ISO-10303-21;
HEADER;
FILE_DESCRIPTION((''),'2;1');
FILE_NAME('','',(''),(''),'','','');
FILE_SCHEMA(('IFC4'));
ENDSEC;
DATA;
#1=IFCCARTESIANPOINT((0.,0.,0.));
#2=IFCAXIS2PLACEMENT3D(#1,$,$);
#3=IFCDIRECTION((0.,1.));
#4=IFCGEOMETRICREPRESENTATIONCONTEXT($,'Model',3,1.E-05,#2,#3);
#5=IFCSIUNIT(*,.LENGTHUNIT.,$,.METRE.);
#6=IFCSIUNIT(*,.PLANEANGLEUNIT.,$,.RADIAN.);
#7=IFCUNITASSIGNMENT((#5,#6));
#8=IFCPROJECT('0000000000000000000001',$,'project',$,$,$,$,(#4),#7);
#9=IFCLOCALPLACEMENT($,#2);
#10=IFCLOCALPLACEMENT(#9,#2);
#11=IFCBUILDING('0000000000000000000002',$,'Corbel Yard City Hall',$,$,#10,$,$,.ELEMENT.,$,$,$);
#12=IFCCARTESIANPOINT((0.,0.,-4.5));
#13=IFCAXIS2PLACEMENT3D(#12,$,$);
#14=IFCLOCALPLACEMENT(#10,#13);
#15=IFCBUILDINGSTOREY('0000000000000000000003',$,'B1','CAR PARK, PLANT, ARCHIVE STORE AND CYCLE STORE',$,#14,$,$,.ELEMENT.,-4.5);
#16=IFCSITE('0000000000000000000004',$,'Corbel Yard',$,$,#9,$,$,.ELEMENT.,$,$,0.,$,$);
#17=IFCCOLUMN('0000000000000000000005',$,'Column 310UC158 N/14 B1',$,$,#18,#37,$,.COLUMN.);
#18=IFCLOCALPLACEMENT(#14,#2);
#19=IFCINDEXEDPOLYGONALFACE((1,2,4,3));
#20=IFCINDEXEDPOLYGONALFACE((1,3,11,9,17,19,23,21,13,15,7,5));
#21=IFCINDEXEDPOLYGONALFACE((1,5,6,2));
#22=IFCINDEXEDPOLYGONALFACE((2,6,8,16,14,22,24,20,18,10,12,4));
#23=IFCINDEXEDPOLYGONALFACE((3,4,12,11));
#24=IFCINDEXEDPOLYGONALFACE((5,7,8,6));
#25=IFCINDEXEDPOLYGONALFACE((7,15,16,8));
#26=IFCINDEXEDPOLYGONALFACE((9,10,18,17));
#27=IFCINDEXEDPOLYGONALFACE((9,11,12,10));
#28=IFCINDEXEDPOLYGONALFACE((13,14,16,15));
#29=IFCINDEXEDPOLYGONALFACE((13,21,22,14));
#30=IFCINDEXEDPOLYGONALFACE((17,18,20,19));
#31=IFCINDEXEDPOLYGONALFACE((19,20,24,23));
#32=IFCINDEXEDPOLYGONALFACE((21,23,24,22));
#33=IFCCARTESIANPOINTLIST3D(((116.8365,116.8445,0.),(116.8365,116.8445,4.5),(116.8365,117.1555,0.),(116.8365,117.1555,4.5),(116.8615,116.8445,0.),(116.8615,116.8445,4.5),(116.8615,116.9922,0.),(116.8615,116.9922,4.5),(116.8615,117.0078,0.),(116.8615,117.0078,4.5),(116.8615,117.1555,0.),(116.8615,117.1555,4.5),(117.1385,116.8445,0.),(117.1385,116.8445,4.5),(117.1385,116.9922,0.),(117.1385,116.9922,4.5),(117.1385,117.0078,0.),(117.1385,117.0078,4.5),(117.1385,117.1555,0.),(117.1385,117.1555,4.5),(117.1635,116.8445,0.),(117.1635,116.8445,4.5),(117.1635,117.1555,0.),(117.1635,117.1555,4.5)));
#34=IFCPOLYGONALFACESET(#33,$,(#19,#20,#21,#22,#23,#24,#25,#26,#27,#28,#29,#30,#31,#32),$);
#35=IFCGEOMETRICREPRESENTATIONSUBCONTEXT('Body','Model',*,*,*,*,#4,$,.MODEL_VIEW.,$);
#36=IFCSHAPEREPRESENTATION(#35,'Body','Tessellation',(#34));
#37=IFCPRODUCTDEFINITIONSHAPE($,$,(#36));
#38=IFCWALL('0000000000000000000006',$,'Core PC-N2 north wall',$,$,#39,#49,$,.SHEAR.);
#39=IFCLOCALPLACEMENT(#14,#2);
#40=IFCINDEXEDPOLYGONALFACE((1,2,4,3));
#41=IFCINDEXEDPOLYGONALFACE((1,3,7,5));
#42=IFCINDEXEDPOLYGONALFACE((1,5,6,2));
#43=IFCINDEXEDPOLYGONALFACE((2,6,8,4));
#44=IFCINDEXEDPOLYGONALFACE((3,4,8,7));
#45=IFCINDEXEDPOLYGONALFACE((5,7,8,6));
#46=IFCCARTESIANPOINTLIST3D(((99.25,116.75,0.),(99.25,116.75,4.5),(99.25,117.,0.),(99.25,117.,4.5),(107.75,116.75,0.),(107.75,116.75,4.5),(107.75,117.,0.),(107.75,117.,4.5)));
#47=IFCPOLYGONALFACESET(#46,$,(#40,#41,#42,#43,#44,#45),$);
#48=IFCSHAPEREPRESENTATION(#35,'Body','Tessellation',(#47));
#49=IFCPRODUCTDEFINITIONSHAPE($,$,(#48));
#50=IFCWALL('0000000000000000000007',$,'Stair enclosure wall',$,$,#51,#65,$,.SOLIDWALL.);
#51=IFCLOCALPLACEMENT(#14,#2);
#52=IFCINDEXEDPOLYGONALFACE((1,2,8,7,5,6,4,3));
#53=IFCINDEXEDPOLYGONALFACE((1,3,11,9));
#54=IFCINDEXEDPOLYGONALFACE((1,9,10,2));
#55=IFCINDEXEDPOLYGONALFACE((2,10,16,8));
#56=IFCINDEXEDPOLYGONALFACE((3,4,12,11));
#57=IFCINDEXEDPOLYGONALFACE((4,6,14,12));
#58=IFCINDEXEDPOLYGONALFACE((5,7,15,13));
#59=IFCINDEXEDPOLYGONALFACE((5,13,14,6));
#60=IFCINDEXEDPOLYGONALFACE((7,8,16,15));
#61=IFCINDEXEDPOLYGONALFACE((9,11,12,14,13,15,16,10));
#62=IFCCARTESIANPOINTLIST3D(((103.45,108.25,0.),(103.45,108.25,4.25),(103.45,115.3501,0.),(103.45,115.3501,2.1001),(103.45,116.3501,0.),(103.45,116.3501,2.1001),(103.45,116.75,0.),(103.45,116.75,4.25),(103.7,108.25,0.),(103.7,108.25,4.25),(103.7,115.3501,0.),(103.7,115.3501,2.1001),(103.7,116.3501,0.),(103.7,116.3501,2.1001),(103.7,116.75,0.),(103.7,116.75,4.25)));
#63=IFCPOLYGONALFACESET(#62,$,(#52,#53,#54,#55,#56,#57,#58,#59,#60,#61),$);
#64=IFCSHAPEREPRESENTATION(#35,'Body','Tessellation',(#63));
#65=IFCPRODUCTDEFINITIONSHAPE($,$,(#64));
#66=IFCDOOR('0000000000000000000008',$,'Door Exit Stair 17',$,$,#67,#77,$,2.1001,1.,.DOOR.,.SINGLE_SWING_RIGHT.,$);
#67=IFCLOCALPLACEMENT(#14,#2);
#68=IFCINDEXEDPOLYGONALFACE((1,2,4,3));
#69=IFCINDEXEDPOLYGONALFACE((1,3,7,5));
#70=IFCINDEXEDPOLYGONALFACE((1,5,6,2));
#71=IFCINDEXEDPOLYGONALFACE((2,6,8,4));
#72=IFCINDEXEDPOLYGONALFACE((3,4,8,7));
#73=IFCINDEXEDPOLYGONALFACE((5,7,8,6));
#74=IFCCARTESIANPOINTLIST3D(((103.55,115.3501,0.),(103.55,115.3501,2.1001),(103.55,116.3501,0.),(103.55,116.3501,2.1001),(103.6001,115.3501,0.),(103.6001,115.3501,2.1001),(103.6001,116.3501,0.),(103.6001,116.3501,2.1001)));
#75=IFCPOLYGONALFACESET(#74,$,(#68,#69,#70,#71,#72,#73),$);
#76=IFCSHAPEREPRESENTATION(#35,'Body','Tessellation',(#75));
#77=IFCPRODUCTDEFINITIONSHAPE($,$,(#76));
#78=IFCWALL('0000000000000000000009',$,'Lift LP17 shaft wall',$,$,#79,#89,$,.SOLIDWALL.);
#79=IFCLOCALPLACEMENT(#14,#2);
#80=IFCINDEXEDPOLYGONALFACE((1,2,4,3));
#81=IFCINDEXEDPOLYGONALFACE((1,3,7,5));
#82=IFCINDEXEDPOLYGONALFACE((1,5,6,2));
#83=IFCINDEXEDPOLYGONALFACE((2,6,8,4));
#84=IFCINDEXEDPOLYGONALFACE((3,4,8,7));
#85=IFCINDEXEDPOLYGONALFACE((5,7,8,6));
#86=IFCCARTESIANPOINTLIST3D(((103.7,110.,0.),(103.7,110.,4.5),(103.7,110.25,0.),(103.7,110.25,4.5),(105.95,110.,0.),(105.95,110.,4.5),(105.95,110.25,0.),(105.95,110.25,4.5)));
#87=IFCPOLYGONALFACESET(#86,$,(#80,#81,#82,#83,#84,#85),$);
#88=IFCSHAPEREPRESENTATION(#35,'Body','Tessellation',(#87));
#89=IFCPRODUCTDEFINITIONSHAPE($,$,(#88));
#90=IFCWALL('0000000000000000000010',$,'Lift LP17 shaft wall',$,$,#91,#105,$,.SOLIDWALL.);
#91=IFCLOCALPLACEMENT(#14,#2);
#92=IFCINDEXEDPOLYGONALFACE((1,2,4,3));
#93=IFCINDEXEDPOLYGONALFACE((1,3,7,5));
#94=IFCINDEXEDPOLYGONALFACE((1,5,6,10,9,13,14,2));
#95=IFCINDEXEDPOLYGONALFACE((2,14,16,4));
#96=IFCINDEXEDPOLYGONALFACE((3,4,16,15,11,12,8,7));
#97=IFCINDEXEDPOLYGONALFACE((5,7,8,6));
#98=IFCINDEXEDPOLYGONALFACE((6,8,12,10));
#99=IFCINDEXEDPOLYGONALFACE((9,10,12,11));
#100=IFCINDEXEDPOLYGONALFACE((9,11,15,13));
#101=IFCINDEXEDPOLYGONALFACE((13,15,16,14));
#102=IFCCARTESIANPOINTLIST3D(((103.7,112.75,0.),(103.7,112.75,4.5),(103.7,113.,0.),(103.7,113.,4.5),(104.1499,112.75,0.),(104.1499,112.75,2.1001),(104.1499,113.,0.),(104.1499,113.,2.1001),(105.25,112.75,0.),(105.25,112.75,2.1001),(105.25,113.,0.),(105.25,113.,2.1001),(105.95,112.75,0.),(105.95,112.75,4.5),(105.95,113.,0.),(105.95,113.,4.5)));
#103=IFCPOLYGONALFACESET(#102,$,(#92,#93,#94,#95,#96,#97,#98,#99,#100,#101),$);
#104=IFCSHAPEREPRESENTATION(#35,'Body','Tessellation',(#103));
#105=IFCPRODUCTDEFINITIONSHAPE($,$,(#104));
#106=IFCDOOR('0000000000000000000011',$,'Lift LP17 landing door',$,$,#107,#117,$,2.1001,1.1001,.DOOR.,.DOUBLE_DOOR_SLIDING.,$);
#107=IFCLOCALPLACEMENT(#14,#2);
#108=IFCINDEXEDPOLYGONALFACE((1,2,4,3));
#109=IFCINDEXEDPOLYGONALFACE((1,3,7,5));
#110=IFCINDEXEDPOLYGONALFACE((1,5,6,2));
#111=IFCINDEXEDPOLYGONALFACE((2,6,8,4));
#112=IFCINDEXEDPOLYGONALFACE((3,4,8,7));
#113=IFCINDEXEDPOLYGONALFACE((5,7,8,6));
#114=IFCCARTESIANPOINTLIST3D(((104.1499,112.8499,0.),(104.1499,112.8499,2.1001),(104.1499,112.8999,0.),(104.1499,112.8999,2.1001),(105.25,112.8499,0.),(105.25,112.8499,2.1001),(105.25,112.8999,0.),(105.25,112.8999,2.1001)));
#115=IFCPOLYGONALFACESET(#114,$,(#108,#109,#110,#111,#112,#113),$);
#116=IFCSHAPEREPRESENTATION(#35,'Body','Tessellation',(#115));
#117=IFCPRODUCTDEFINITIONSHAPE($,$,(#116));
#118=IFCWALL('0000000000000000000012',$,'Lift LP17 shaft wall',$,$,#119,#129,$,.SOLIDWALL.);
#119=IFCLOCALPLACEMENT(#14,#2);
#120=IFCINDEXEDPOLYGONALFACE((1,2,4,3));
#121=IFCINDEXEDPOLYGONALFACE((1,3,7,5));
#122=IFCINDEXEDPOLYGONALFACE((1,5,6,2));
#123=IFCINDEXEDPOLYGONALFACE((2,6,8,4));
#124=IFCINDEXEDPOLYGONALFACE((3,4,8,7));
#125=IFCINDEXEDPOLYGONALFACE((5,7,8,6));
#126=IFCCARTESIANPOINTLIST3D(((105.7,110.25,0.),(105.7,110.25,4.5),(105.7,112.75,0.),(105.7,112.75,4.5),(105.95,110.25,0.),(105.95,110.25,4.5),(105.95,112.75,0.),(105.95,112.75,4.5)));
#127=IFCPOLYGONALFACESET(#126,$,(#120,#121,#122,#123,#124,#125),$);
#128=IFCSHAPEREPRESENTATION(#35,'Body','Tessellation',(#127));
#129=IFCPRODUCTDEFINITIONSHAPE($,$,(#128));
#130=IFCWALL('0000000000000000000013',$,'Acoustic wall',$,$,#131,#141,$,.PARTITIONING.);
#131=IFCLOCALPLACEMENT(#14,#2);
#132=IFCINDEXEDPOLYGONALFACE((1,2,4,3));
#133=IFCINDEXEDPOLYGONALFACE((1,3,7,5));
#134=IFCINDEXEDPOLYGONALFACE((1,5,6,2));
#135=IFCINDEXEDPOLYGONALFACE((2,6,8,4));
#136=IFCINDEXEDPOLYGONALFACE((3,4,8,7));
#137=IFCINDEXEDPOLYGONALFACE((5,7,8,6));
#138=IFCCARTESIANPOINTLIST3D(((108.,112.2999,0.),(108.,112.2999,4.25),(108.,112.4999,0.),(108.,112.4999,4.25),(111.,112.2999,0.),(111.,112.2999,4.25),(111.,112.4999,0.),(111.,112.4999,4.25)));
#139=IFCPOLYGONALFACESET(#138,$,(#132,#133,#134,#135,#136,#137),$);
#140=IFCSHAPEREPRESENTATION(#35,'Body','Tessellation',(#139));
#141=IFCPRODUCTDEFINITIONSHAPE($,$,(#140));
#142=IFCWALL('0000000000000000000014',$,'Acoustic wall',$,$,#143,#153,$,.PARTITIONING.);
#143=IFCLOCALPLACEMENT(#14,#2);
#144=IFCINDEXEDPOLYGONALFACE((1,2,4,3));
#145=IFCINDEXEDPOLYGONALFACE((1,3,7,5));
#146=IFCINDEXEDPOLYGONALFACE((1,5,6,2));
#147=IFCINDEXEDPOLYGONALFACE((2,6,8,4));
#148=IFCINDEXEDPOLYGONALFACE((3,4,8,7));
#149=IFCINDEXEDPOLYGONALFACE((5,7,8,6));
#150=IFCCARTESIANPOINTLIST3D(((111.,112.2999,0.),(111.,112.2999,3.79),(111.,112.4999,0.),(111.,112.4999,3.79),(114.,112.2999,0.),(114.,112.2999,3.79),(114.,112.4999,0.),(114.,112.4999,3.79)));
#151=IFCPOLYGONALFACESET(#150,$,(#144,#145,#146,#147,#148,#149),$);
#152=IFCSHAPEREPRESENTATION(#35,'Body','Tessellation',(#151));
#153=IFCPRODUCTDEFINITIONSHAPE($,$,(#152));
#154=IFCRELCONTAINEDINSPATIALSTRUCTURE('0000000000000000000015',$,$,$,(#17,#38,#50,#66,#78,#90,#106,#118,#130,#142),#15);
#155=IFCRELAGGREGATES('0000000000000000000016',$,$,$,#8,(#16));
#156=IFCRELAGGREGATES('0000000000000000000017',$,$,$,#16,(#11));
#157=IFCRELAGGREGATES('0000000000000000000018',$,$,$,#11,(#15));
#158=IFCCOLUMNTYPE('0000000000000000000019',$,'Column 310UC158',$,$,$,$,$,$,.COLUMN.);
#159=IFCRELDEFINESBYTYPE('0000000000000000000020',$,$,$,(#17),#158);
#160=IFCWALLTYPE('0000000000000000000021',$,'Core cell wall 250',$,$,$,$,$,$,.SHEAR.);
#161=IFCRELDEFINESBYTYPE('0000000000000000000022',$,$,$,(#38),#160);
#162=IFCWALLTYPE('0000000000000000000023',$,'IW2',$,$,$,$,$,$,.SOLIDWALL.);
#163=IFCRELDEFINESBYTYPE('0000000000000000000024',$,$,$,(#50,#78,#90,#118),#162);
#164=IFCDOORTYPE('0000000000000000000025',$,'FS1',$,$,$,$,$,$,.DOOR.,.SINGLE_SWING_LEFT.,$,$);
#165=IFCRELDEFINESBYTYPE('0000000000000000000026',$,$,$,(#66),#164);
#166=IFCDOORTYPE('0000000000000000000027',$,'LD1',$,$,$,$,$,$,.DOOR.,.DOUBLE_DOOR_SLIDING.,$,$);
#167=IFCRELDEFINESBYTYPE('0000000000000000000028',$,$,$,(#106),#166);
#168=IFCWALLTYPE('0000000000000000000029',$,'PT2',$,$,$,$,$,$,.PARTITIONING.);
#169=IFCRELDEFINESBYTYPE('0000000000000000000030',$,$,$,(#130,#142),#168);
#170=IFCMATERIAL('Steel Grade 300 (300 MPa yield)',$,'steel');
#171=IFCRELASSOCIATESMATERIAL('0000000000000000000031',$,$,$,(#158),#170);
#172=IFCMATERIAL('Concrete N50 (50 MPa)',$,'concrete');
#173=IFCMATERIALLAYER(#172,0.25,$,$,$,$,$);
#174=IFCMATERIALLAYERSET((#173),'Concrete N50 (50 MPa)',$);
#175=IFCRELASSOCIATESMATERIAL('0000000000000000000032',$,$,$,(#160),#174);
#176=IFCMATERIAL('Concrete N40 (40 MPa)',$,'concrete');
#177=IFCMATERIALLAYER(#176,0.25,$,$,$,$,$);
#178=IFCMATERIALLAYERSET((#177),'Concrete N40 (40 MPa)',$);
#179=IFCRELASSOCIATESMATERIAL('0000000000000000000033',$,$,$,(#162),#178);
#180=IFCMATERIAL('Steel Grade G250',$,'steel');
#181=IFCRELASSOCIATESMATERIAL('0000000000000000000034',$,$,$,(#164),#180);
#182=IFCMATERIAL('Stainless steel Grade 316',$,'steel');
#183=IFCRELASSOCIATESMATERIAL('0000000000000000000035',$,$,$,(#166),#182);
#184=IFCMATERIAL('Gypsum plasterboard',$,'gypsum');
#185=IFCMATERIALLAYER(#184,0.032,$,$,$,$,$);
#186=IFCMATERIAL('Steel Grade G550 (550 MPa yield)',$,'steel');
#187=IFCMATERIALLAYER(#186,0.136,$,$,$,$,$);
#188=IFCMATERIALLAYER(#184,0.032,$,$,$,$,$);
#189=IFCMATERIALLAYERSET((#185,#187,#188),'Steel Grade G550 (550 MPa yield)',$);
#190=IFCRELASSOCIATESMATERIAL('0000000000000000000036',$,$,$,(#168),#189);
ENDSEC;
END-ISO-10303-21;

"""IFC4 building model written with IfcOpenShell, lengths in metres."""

from ifc_helpers import new_model, si_unit, direction, frame, frame_2d, origin, origin_2d, place, context, subcontext, project, spatial, rectangle, i_section, extrude, material, layer, layer_set, material_profile, profile_set, type_object, element, fill, save


model = new_model("IFC4")

# Units and contexts
model_context = context("Model", 3, precision=1e-05, world=origin(), true_north=direction((0.0, 1.0)))
body_context = subcontext(model_context, "Body", "Model", "MODEL_VIEW")
ifc_project = project(units=[si_unit("LENGTHUNIT", "METRE"), si_unit("PLANEANGLEUNIT", "RADIAN")], contexts=[model_context])

# Site, building, storey
site_placement = place(None, origin())
site = spatial("IfcSite", under=ifc_project, at=site_placement, Name="Corbel Yard", CompositionType="ELEMENT", RefElevation=0.0)
building_placement = place(site_placement, origin())
building = spatial("IfcBuilding", under=site, at=building_placement, Name="Corbel Yard City Hall", CompositionType="ELEMENT")
storey_placement = place(building_placement, frame((0.0, 0.0, -4.5)))
storey = spatial("IfcBuildingStorey", under=building, at=storey_placement, Name="B1", Description="CAR PARK, PLANT, ARCHIVE STORE AND CYCLE STORE", CompositionType="ELEMENT", Elevation=-4.5)

# Column
ifc_material_1 = material(Name="Steel Grade 300 (300 MPa yield)", Category="steel")
ifc_material_profile = material_profile(ifc_material_1, i_section(OverallWidth=0.311, OverallDepth=0.3269, WebThickness=0.0156, FlangeThickness=0.0249, at=origin_2d()), Name="310UC158")
ifc_profile_set = profile_set([ifc_material_profile], Name="Steel Grade 300 (300 MPa yield)")
column_type = type_object("IfcColumnType", Name="Column 310UC158", PredefinedType="COLUMN", material=ifc_profile_set)
column_placement = place(storey_placement, frame((117.0, 117.0, 0.0), z_axis=(0.0, 0.0, 1.0), x_axis=(0.0, 1.0, 0.0)))
element("IfcColumn", 1, at=column_placement, inside=storey, type_object=column_type, Name="Column 310UC158 N/14 B1", PredefinedType="COLUMN", context=body_context, shape_type="SweptSolid", body=[
    extrude(i_section(OverallWidth=0.311, OverallDepth=0.3269, WebThickness=0.0156, FlangeThickness=0.0249, at=origin_2d()), origin(), (0.0, 0.0, 1.0), 4.5),
])

# Wall
ifc_material_2 = material(Name="Concrete N50 (50 MPa)", Category="concrete")
ifc_layer_1 = layer(ifc_material_2, 0.25)
ifc_layer_set_1 = layer_set([ifc_layer_1], Name="Concrete N50 (50 MPa)")
wall_type_1 = type_object("IfcWallType", Name="Core cell wall 250", PredefinedType="SHEAR", material=ifc_layer_set_1)
wall_1_placement = place(storey_placement, frame((99.25, 116.875, 0.0), z_axis=(0.0, 0.0, 1.0), x_axis=(1.0, 0.0, 0.0)))
element("IfcWall", 2, at=wall_1_placement, inside=storey, type_object=wall_type_1, Name="Core PC-N2 north wall", PredefinedType="SHEAR", context=body_context, shape_type="SweptSolid", body=[
    extrude(rectangle(XDim=8.5, YDim=0.25, at=frame_2d((4.25, 0.0))), origin(), (0.0, 0.0, 1.0), 4.5),
])

# Wall, opening, door
ifc_material_3 = material(Name="Concrete N40 (40 MPa)", Category="concrete")
ifc_layer_2 = layer(ifc_material_3, 0.25)
ifc_layer_set_2 = layer_set([ifc_layer_2], Name="Concrete N40 (40 MPa)")
wall_type_2 = type_object("IfcWallType", Name="IW2", PredefinedType="SOLIDWALL", material=ifc_layer_set_2)
wall_2_placement = place(storey_placement, frame((103.575, 116.75, 0.0), z_axis=(0.0, 0.0, 1.0), x_axis=(0.0, -1.0, 0.0)))
wall_2 = element("IfcWall", 3, at=wall_2_placement, inside=storey, type_object=wall_type_2, Name="Stair enclosure wall", PredefinedType="SOLIDWALL", context=body_context, shape_type="SweptSolid", body=[
    extrude(rectangle(XDim=8.5, YDim=0.25, at=frame_2d((4.25, 0.0))), origin(), (0.0, 0.0, 1.0), 4.25),
])
opening_1_placement = place(wall_2_placement, frame((0.3999, 0.0, 0.0)))
opening_1 = element("IfcOpeningElement", 4, at=opening_1_placement, cuts=wall_2, PredefinedType="OPENING", context=body_context, shape_type="SweptSolid", body=[
    extrude(rectangle(XDim=1.0, YDim=2.1001, at=frame_2d((0.5, 1.05))), frame((0.0, 0.135, 0.0), z_axis=(0.0, -1.0, 0.0), x_axis=(1.0, 0.0, 0.0)), (0.0, 0.0, 1.0), 0.27),
])
ifc_material_4 = material(Name="Steel Grade G250", Category="steel")
door_type_1 = type_object("IfcDoorType", Name="FS1", OperationType="SINGLE_SWING_LEFT", PredefinedType="DOOR", material=ifc_material_4)
door_1_placement = place(opening_1_placement, frame((1.0, 0.0, 0.0), z_axis=(0.0, 0.0, 1.0), x_axis=(-1.0, 0.0, 0.0)))
door_1 = element("IfcDoor", 5, at=door_1_placement, inside=storey, type_object=door_type_1, Name="Door Exit Stair 17", OperationType="SINGLE_SWING_RIGHT", OverallHeight=2.1001, OverallWidth=1.0, PredefinedType="DOOR", context=body_context, shape_type="SweptSolid", body=[
    extrude(rectangle(XDim=1.0, YDim=2.1001, at=frame_2d((0.5, 1.05))), frame((0.0, 0.0249, 0.0), z_axis=(0.0, -1.0, 0.0), x_axis=(1.0, 0.0, 0.0)), (0.0, 0.0, 1.0), 0.05),
])
fill(opening_1, door_1)

# Wall
wall_3_placement = place(storey_placement, frame((103.7, 110.125, 0.0), z_axis=(0.0, 0.0, 1.0), x_axis=(1.0, 0.0, 0.0)))
element("IfcWall", 6, at=wall_3_placement, inside=storey, type_object=wall_type_2, Name="Lift LP17 shaft wall", PredefinedType="SOLIDWALL", context=body_context, shape_type="SweptSolid", body=[
    extrude(rectangle(XDim=2.25, YDim=0.25, at=frame_2d((1.125, 0.0))), origin(), (0.0, 0.0, 1.0), 4.5),
])

# Wall, opening, door
wall_4_placement = place(storey_placement, frame((103.7, 112.875, 0.0), z_axis=(0.0, 0.0, 1.0), x_axis=(1.0, 0.0, 0.0)))
wall_4 = element("IfcWall", 7, at=wall_4_placement, inside=storey, type_object=wall_type_2, Name="Lift LP17 shaft wall", PredefinedType="SOLIDWALL", context=body_context, shape_type="SweptSolid", body=[
    extrude(rectangle(XDim=2.25, YDim=0.25, at=frame_2d((1.125, 0.0))), origin(), (0.0, 0.0, 1.0), 4.5),
])
opening_2_placement = place(wall_4_placement, frame((0.45, 0.0, 0.0)))
opening_2 = element("IfcOpeningElement", 8, at=opening_2_placement, cuts=wall_4, PredefinedType="OPENING", context=body_context, shape_type="SweptSolid", body=[
    extrude(rectangle(XDim=1.1001, YDim=2.1001, at=frame_2d((0.55, 1.05))), frame((0.0, 0.135, 0.0), z_axis=(0.0, -1.0, 0.0), x_axis=(1.0, 0.0, 0.0)), (0.0, 0.0, 1.0), 0.27),
])
ifc_material_5 = material(Name="Stainless steel Grade 316", Category="steel")
door_type_2 = type_object("IfcDoorType", Name="LD1", OperationType="DOUBLE_DOOR_SLIDING", PredefinedType="DOOR", material=ifc_material_5)
door_2_placement = place(opening_2_placement, origin())
door_2 = element("IfcDoor", 9, at=door_2_placement, inside=storey, type_object=door_type_2, Name="Lift LP17 landing door", OperationType="DOUBLE_DOOR_SLIDING", OverallHeight=2.1001, OverallWidth=1.1001, PredefinedType="DOOR", context=body_context, shape_type="SweptSolid", body=[
    extrude(rectangle(XDim=1.1001, YDim=2.1001, at=frame_2d((0.55, 1.05))), frame((0.0, 0.0249, 0.0), z_axis=(0.0, -1.0, 0.0), x_axis=(1.0, 0.0, 0.0)), (0.0, 0.0, 1.0), 0.05),
])
fill(opening_2, door_2)

# Walls
wall_5_placement = place(storey_placement, frame((105.825, 110.25, 0.0), z_axis=(0.0, 0.0, 1.0), x_axis=(0.0, 1.0, 0.0)))
element("IfcWall", 10, at=wall_5_placement, inside=storey, type_object=wall_type_2, Name="Lift LP17 shaft wall", PredefinedType="SOLIDWALL", context=body_context, shape_type="SweptSolid", body=[
    extrude(rectangle(XDim=2.5, YDim=0.25, at=frame_2d((1.25, 0.0))), origin(), (0.0, 0.0, 1.0), 4.5),
])
ifc_material_6 = material(Name="Gypsum plasterboard", Category="gypsum")
ifc_layer_3 = layer(ifc_material_6, 0.032)
ifc_material_7 = material(Name="Steel Grade G550 (550 MPa yield)", Category="steel")
ifc_layer_4 = layer(ifc_material_7, 0.136)
ifc_layer_5 = layer(ifc_material_6, 0.032)
ifc_layer_set_3 = layer_set([ifc_layer_3, ifc_layer_4, ifc_layer_5], Name="Steel Grade G550 (550 MPa yield)")
wall_type_3 = type_object("IfcWallType", Name="PT2", PredefinedType="PARTITIONING", material=ifc_layer_set_3)
wall_6_placement = place(storey_placement, frame((108.0, 112.3999, 0.0), z_axis=(0.0, 0.0, 1.0), x_axis=(1.0, 0.0, 0.0)))
element("IfcWall", 11, at=wall_6_placement, inside=storey, type_object=wall_type_3, Name="Acoustic wall", PredefinedType="PARTITIONING", context=body_context, shape_type="SweptSolid", body=[
    extrude(rectangle(XDim=3.0, YDim=0.2, at=frame_2d((1.5, 0.0))), origin(), (0.0, 0.0, 1.0), 4.25),
])
wall_7_placement = place(storey_placement, frame((111.0, 112.3999, 0.0), z_axis=(0.0, 0.0, 1.0), x_axis=(1.0, 0.0, 0.0)))
element("IfcWall", 12, at=wall_7_placement, inside=storey, type_object=wall_type_3, Name="Acoustic wall", PredefinedType="PARTITIONING", context=body_context, shape_type="SweptSolid", body=[
    extrude(rectangle(XDim=3.0, YDim=0.2, at=frame_2d((1.5, 0.0))), origin(), (0.0, 0.0, 1.0), 3.79),
])

save(model, "model.ifc")
